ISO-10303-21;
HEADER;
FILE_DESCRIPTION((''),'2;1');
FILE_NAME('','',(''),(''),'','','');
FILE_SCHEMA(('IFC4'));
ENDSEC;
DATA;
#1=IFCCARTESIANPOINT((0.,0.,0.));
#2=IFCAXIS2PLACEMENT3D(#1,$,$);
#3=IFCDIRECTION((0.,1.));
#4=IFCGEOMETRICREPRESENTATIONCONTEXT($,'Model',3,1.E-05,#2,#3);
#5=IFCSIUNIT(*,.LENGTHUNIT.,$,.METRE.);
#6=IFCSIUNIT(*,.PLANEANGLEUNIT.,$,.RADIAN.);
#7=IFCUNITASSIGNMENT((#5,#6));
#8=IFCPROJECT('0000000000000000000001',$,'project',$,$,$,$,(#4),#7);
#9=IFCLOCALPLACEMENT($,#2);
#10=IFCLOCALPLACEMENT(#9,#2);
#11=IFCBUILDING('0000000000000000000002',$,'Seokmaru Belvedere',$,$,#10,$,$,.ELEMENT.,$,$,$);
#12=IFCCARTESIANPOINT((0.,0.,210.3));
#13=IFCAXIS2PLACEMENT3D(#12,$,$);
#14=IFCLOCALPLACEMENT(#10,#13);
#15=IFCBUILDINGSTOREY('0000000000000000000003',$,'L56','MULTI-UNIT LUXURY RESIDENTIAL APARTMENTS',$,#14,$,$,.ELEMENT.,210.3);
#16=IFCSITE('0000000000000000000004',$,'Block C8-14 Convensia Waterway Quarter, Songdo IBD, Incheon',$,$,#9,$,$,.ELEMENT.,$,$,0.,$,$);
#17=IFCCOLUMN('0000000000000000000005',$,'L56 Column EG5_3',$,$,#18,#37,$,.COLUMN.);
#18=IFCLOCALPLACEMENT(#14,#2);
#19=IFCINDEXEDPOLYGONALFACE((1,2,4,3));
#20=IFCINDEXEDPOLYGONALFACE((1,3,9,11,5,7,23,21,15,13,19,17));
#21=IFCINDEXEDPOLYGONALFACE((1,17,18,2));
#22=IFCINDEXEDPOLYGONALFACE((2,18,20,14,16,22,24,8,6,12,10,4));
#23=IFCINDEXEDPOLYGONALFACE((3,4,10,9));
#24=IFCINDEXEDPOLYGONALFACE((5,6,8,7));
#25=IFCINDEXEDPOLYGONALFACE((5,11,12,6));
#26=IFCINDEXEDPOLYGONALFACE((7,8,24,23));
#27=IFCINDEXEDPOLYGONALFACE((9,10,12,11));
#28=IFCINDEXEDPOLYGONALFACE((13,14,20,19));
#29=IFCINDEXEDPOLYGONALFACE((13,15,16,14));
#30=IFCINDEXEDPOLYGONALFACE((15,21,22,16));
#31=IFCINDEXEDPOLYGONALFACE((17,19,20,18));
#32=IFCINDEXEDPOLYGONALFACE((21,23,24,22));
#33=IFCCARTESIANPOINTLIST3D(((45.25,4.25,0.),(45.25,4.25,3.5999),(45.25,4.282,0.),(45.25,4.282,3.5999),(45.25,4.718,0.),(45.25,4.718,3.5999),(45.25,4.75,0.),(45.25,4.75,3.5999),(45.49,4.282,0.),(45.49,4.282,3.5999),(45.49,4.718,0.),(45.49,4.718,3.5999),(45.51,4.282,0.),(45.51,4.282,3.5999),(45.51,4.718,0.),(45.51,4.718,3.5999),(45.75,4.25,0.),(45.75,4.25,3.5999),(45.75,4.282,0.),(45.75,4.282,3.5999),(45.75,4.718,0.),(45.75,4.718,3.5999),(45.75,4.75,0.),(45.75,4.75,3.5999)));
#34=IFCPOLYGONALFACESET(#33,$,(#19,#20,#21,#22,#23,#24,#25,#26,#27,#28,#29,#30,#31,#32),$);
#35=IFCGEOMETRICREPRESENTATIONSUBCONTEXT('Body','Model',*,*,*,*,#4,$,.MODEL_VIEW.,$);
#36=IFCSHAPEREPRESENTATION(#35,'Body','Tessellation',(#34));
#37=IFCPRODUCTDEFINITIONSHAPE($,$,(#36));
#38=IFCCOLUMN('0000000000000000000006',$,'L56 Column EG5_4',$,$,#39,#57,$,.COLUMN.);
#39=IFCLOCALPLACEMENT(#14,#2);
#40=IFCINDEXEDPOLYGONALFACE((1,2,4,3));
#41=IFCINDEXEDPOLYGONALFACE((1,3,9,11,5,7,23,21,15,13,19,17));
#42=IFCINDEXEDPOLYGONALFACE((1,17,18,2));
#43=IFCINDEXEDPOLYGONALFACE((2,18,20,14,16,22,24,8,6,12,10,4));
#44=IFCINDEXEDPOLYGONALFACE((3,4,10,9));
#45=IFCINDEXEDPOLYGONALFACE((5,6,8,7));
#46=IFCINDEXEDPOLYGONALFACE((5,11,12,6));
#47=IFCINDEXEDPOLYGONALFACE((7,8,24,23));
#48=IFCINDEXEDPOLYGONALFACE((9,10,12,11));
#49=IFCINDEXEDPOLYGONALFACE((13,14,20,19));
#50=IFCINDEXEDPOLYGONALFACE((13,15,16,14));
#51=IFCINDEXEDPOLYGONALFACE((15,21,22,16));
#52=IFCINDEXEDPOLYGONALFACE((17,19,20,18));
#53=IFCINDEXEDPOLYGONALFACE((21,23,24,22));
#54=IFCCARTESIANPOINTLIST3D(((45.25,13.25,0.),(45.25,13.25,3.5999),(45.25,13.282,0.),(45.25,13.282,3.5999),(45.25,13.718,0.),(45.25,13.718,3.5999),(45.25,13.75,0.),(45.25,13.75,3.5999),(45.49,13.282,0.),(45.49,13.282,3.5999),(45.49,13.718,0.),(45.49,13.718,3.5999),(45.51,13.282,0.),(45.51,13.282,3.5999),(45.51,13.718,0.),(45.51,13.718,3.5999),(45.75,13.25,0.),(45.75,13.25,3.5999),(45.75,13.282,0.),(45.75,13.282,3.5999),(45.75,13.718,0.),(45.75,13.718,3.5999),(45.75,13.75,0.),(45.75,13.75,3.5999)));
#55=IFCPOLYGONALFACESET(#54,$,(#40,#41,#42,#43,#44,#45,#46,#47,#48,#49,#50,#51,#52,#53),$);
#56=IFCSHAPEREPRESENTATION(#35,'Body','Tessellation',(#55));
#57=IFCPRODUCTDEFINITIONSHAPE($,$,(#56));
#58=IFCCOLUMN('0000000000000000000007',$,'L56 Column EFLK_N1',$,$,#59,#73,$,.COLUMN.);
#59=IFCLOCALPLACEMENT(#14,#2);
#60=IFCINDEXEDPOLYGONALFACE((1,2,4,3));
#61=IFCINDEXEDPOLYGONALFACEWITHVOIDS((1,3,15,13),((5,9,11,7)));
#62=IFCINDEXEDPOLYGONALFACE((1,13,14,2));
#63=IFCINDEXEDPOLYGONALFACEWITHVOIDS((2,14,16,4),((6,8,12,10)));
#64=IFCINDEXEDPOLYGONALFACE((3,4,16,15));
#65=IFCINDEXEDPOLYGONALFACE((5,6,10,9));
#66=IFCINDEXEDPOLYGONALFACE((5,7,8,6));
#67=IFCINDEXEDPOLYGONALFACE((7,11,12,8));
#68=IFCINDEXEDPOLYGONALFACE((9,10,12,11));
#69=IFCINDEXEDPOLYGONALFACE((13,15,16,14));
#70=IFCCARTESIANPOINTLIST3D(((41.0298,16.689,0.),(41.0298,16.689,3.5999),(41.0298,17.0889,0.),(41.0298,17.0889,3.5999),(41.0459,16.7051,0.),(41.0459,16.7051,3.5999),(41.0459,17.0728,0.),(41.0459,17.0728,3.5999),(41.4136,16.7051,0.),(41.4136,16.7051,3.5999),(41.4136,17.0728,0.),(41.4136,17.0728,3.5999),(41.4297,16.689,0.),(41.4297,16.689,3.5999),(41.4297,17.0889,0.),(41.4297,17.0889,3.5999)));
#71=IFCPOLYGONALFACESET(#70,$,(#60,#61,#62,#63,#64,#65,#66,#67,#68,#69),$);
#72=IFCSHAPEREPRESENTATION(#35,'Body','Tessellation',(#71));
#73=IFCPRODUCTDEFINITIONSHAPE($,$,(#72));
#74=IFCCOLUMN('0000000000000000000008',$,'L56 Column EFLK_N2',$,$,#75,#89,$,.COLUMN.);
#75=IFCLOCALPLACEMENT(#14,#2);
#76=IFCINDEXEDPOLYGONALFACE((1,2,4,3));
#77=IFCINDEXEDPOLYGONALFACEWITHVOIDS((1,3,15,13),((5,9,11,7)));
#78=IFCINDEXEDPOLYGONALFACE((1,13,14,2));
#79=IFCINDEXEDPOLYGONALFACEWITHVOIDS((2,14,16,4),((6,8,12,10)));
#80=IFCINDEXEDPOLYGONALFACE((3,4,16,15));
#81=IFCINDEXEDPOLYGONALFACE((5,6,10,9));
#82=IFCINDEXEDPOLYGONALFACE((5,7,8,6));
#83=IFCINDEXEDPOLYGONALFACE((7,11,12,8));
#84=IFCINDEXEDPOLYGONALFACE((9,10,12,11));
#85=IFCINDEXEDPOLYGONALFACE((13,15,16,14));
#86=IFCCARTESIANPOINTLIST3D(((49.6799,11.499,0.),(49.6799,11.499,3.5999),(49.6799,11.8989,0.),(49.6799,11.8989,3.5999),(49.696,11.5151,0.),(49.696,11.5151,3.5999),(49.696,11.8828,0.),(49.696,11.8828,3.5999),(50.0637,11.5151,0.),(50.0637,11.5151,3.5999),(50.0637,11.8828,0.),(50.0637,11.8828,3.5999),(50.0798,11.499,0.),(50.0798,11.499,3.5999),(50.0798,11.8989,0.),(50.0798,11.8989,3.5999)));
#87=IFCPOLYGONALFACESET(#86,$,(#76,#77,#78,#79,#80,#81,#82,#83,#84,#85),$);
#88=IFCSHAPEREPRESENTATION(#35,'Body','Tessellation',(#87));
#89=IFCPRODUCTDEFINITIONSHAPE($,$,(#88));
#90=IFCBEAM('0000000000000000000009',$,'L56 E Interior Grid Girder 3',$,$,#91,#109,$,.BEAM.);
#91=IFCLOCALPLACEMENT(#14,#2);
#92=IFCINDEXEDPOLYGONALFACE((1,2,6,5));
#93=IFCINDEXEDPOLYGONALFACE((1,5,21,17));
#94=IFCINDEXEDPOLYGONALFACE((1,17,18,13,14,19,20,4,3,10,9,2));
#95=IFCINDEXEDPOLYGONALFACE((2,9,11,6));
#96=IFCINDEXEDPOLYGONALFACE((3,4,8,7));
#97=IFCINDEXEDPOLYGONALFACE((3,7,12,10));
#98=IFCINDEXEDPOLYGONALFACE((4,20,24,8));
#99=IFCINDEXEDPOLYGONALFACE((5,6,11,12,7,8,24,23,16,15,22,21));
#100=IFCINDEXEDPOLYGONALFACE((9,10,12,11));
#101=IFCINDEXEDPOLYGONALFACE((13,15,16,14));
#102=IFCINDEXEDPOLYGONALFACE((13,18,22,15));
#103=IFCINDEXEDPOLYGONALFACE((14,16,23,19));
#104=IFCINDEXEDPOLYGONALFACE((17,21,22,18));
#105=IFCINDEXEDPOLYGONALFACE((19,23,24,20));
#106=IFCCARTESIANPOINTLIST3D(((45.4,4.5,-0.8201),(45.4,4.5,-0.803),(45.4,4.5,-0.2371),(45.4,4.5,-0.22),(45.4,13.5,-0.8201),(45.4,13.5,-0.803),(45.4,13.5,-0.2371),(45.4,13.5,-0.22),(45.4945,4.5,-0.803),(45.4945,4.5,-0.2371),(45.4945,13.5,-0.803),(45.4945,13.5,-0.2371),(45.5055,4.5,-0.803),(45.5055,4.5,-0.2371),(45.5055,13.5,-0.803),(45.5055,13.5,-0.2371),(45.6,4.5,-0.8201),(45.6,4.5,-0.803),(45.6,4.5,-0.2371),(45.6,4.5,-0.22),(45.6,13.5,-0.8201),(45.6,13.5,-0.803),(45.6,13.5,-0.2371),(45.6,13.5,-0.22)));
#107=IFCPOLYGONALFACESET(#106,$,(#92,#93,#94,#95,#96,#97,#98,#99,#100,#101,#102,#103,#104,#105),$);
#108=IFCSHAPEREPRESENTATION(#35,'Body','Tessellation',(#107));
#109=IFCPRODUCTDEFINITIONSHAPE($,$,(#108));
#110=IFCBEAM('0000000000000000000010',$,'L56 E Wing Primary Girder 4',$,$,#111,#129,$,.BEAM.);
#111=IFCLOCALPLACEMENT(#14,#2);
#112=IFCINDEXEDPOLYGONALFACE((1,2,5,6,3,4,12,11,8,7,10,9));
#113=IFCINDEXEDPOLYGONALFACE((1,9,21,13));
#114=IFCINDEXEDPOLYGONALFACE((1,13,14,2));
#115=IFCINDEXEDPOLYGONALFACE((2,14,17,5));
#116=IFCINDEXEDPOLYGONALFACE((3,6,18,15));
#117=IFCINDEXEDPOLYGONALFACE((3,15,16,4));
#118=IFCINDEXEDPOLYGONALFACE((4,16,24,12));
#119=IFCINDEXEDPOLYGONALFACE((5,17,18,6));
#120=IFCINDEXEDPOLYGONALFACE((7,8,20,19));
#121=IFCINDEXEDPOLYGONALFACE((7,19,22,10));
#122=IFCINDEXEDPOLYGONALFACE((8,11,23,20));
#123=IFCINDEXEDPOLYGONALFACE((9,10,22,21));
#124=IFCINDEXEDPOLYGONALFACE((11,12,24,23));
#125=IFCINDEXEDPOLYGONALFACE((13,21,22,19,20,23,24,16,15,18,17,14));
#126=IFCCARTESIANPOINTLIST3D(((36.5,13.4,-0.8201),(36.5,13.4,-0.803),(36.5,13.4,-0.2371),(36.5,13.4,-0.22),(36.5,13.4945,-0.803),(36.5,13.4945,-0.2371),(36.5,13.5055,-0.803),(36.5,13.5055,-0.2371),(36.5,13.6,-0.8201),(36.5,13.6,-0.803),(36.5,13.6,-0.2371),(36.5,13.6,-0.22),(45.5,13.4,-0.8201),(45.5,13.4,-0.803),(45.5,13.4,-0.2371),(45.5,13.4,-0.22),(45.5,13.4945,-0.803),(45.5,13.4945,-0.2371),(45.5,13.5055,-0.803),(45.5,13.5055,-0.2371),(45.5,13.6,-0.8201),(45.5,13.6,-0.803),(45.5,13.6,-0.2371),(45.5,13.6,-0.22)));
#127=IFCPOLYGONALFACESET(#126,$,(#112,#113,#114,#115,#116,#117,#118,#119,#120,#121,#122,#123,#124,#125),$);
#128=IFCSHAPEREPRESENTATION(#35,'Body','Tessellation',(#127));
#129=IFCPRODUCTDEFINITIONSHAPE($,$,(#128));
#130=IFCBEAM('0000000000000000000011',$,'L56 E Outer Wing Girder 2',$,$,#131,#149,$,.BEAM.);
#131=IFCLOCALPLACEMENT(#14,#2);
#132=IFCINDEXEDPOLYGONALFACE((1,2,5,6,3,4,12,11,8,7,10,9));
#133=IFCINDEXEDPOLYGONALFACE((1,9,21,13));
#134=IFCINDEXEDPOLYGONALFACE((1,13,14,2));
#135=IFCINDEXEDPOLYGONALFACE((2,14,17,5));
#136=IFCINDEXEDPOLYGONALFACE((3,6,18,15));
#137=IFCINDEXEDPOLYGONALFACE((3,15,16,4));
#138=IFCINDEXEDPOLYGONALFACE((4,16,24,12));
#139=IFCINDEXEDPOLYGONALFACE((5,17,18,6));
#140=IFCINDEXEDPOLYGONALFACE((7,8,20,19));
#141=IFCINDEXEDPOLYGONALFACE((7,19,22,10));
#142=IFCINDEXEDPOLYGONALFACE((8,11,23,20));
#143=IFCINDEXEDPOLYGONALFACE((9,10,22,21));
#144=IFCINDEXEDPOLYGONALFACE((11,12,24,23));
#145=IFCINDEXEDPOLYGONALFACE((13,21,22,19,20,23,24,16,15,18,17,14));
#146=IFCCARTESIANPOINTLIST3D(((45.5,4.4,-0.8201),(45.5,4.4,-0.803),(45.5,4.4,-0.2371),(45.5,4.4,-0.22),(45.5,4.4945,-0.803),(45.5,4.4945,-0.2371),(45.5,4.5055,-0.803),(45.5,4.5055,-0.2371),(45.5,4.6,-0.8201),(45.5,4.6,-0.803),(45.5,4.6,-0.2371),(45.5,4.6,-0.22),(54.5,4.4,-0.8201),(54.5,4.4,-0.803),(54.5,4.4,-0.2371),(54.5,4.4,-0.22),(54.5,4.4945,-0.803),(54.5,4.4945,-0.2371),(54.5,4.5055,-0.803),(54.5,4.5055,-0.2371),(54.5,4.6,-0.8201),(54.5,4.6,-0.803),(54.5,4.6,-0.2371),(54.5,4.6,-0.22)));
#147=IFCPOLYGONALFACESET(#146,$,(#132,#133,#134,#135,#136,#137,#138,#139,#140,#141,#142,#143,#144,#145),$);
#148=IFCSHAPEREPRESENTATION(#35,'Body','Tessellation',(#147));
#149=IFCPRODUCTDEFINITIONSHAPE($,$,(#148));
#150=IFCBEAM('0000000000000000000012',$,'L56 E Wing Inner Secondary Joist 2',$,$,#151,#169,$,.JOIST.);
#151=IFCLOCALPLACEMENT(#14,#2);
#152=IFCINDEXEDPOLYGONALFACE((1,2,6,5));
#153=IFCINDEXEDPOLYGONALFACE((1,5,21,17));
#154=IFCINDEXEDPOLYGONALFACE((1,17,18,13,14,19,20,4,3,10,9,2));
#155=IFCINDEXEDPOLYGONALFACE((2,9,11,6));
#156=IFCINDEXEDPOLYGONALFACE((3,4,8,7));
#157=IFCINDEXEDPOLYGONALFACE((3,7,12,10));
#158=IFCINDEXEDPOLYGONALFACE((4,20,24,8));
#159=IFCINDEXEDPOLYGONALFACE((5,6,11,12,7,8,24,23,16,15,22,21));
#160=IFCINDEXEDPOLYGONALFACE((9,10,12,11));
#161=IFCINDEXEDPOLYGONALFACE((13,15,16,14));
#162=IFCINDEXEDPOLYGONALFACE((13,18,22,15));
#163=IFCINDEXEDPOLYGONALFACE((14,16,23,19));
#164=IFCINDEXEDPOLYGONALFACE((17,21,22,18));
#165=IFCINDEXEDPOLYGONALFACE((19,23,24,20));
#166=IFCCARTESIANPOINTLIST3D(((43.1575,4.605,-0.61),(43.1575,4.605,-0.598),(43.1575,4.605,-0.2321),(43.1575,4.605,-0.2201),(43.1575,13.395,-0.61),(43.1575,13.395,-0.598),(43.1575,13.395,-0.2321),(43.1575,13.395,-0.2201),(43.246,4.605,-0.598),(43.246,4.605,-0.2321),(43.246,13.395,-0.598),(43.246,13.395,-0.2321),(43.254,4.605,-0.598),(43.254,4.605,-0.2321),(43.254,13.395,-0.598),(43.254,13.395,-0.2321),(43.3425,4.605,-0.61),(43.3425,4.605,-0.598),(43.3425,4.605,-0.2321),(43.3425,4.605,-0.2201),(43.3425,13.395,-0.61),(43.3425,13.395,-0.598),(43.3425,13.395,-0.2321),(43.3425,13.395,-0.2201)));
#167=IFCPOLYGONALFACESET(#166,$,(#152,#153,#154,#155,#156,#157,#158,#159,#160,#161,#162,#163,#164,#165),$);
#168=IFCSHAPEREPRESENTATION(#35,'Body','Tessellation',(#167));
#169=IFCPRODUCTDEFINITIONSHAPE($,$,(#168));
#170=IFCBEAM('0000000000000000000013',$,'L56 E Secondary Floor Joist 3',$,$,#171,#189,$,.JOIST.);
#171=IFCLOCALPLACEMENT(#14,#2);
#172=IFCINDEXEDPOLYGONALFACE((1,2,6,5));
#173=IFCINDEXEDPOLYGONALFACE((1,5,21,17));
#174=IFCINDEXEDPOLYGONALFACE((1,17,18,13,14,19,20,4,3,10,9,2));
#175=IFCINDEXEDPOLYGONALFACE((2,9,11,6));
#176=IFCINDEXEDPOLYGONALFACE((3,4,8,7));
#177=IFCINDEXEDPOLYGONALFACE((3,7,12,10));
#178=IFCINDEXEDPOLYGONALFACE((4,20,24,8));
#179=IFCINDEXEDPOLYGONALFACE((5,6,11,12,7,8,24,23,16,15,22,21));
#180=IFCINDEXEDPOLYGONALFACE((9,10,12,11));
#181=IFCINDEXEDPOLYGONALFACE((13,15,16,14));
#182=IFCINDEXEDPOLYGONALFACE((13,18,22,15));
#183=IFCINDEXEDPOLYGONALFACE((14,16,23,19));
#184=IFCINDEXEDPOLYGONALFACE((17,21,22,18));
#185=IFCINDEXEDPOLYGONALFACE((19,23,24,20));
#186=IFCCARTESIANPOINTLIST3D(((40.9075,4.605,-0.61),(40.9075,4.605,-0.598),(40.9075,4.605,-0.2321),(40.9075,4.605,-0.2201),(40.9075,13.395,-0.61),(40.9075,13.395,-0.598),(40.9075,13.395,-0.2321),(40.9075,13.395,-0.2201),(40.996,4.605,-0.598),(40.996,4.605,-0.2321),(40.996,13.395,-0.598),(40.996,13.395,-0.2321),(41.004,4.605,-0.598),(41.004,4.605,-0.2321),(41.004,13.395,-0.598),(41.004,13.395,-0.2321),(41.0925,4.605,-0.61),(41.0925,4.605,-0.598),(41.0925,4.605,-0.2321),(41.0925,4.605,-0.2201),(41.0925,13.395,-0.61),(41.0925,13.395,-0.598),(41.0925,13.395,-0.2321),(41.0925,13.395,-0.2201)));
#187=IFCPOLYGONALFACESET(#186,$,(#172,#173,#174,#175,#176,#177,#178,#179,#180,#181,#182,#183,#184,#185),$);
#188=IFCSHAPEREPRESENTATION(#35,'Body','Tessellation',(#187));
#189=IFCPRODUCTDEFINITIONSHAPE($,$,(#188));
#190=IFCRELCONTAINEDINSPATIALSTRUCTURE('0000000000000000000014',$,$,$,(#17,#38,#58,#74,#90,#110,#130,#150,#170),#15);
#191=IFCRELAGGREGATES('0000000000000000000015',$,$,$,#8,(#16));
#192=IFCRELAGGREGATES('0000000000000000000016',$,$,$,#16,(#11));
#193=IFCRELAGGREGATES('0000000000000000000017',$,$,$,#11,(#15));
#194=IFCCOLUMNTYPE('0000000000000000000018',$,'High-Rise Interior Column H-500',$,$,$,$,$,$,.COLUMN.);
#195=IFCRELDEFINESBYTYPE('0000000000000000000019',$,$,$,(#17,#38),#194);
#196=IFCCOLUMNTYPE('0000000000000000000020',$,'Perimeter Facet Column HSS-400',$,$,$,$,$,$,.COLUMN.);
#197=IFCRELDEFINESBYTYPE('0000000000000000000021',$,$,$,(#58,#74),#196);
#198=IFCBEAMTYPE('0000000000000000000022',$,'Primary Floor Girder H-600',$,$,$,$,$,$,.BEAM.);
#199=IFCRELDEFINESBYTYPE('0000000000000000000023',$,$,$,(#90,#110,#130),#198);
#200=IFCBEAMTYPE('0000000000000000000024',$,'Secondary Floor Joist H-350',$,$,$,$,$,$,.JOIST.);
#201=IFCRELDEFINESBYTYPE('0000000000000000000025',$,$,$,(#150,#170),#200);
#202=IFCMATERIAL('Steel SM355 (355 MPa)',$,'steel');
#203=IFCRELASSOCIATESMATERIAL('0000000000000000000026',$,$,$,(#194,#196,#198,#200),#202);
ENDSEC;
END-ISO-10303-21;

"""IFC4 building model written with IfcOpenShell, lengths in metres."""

from ifc_helpers import new_model, si_unit, direction, frame, origin, origin_2d, place, context, subcontext, project, spatial, hollow_rectangle, i_section, extrude, source, transform, mapped, material, material_profile, profile_set, type_object, type_shapes, element, save


model = new_model("IFC4")

# Units and contexts
model_context = context("Model", 3, precision=1e-05, world=origin(), true_north=direction((0.0, 1.0)))
body_context = subcontext(model_context, "Body", "Model", "MODEL_VIEW")
ifc_project = project(units=[si_unit("LENGTHUNIT", "METRE"), si_unit("PLANEANGLEUNIT", "RADIAN")], contexts=[model_context])

# Site, building, storey
site_placement = place(None, origin())
site = spatial("IfcSite", under=ifc_project, at=site_placement, Name="Block C8-14 Convensia Waterway Quarter, Songdo IBD, Incheon", CompositionType="ELEMENT", RefElevation=0.0)
building_placement = place(site_placement, origin())
building = spatial("IfcBuilding", under=site, at=building_placement, Name="Seokmaru Belvedere", CompositionType="ELEMENT")
storey_placement = place(building_placement, frame((0.0, 0.0, 210.3)))
storey = spatial("IfcBuildingStorey", under=building, at=storey_placement, Name="L56", Description="MULTI-UNIT LUXURY RESIDENTIAL APARTMENTS", CompositionType="ELEMENT", Elevation=210.3)

# Columns
ifc_material_1 = material(Name="Steel SM355 (355 MPa)", Category="steel")
ifc_material_profile_1 = material_profile(ifc_material_1, i_section(OverallWidth=0.5, OverallDepth=0.5, WebThickness=0.02, FlangeThickness=0.032, at=origin_2d()), Name="H-500x500x20x32")
ifc_profile_set_1 = profile_set([ifc_material_profile_1], Name="Steel SM355 (355 MPa)")
column_type_1 = type_object("IfcColumnType", Name="High-Rise Interior Column H-500", PredefinedType="COLUMN", material=ifc_profile_set_1)
shared_shape_1 = source(origin(), body_context, "Body", "SweptSolid", [
    extrude(i_section(OverallWidth=0.5, OverallDepth=0.5, WebThickness=0.02, FlangeThickness=0.032, at=origin_2d()), origin(), (0.0, 0.0, 1.0), 3.5999),
])
type_shapes(column_type_1, [shared_shape_1])
for number, where, z_axis, x_axis, name in (
    (1, (45.5, 4.5, 0.0), (0.0, 0.0, 1.0), (1.0, 0.0, 0.0), "L56 Column EG5_3"),
    (2, (45.5, 13.5, 0.0), (0.0, 0.0, 1.0), (1.0, 0.0, 0.0), "L56 Column EG5_4"),
):
    element("IfcColumn", number, at=place(storey_placement, frame(where, z_axis=z_axis, x_axis=x_axis)), inside=storey, type_object=column_type_1, Name=name, PredefinedType="COLUMN", context=body_context, shape_type="MappedRepresentation", body=[
        mapped(shared_shape_1, transform((0.0, 0.0, 0.0), scale=1.0)),
    ])
ifc_material_profile_2 = material_profile(ifc_material_1, hollow_rectangle(XDim=0.3999, YDim=0.3999, WallThickness=0.0161, at=origin_2d()), Name="HSS-400x400x16")
ifc_profile_set_2 = profile_set([ifc_material_profile_2], Name="Steel SM355 (355 MPa)")
column_type_2 = type_object("IfcColumnType", Name="Perimeter Facet Column HSS-400", PredefinedType="COLUMN", material=ifc_profile_set_2)
shared_shape_2 = source(origin(), body_context, "Body", "SweptSolid", [
    extrude(hollow_rectangle(XDim=0.3999, YDim=0.3999, WallThickness=0.0161, at=origin_2d()), origin(), (0.0, 0.0, 1.0), 3.5999),
])
type_shapes(column_type_2, [shared_shape_2])
for number, where, z_axis, x_axis, name in (
    (3, (41.2297, 16.8889, 0.0), (0.0, 0.0, 1.0), (1.0, 0.0, 0.0), "L56 Column EFLK_N1"),
    (4, (49.8799, 11.699, 0.0), (0.0, 0.0, 1.0), (1.0, 0.0, 0.0), "L56 Column EFLK_N2"),
):
    element("IfcColumn", number, at=place(storey_placement, frame(where, z_axis=z_axis, x_axis=x_axis)), inside=storey, type_object=column_type_2, Name=name, PredefinedType="COLUMN", context=body_context, shape_type="MappedRepresentation", body=[
        mapped(shared_shape_2, transform((0.0, 0.0, 0.0), scale=1.0)),
    ])

# Beams
ifc_material_profile_3 = material_profile(ifc_material_1, i_section(OverallWidth=0.2, OverallDepth=0.6001, WebThickness=0.011, FlangeThickness=0.0171, at=origin_2d()), Name="H-600x200x11x17")
ifc_profile_set_3 = profile_set([ifc_material_profile_3], Name="Steel SM355 (355 MPa)")
beam_type_1 = type_object("IfcBeamType", Name="Primary Floor Girder H-600", PredefinedType="BEAM", material=ifc_profile_set_3)
shared_shape_3 = source(origin(), body_context, "Body", "SweptSolid", [
    extrude(i_section(OverallWidth=0.2, OverallDepth=0.6001, WebThickness=0.011, FlangeThickness=0.0171, at=origin_2d()), origin(), (0.0, 0.0, 1.0), 9.0),
])
for number, where, z_axis, x_axis, name in (
    (5, (45.5, 4.5, -0.52), (0.0, 1.0, 0.0), (-1.0, 0.0, 0.0), "L56 E Interior Grid Girder 3"),
    (6, (36.5, 13.5, -0.52), (1.0, 0.0, 0.0), (0.0, 1.0, 0.0), "L56 E Wing Primary Girder 4"),
    (7, (45.5, 4.5, -0.52), (1.0, 0.0, 0.0), (0.0, 1.0, 0.0), "L56 E Outer Wing Girder 2"),
):
    element("IfcBeam", number, at=place(storey_placement, frame(where, z_axis=z_axis, x_axis=x_axis)), inside=storey, type_object=beam_type_1, Name=name, PredefinedType="BEAM", context=body_context, shape_type="MappedRepresentation", body=[
        mapped(shared_shape_3, transform((0.0, 0.0, 0.0), scale=1.0)),
    ])
ifc_material_profile_4 = material_profile(ifc_material_1, i_section(OverallWidth=0.1851, OverallDepth=0.3899, WebThickness=0.0081, FlangeThickness=0.012, at=origin_2d()), Name="H-390x185x8x12")
ifc_profile_set_4 = profile_set([ifc_material_profile_4], Name="Steel SM355 (355 MPa)")
beam_type_2 = type_object("IfcBeamType", Name="Secondary Floor Joist H-350", PredefinedType="JOIST", material=ifc_profile_set_4)
shared_shape_4 = source(origin(), body_context, "Body", "SweptSolid", [
    extrude(i_section(OverallWidth=0.1851, OverallDepth=0.3899, WebThickness=0.0081, FlangeThickness=0.012, at=origin_2d()), origin(), (0.0, 0.0, 1.0), 8.79),
])
type_shapes(beam_type_2, [shared_shape_4])
for number, where, z_axis, x_axis, name in (
    (8, (43.25, 4.605, -0.415), (0.0, 1.0, 0.0), (-1.0, 0.0, 0.0), "L56 E Wing Inner Secondary Joist 2"),
    (9, (41.0, 4.605, -0.415), (0.0, 1.0, 0.0), (-1.0, 0.0, 0.0), "L56 E Secondary Floor Joist 3"),
):
    element("IfcBeam", number, at=place(storey_placement, frame(where, z_axis=z_axis, x_axis=x_axis)), inside=storey, type_object=beam_type_2, Name=name, PredefinedType="JOIST", context=body_context, shape_type="MappedRepresentation", body=[
        mapped(shared_shape_4, transform((0.0, 0.0, 0.0), scale=1.0)),
    ])

save(model, "model.ifc")
